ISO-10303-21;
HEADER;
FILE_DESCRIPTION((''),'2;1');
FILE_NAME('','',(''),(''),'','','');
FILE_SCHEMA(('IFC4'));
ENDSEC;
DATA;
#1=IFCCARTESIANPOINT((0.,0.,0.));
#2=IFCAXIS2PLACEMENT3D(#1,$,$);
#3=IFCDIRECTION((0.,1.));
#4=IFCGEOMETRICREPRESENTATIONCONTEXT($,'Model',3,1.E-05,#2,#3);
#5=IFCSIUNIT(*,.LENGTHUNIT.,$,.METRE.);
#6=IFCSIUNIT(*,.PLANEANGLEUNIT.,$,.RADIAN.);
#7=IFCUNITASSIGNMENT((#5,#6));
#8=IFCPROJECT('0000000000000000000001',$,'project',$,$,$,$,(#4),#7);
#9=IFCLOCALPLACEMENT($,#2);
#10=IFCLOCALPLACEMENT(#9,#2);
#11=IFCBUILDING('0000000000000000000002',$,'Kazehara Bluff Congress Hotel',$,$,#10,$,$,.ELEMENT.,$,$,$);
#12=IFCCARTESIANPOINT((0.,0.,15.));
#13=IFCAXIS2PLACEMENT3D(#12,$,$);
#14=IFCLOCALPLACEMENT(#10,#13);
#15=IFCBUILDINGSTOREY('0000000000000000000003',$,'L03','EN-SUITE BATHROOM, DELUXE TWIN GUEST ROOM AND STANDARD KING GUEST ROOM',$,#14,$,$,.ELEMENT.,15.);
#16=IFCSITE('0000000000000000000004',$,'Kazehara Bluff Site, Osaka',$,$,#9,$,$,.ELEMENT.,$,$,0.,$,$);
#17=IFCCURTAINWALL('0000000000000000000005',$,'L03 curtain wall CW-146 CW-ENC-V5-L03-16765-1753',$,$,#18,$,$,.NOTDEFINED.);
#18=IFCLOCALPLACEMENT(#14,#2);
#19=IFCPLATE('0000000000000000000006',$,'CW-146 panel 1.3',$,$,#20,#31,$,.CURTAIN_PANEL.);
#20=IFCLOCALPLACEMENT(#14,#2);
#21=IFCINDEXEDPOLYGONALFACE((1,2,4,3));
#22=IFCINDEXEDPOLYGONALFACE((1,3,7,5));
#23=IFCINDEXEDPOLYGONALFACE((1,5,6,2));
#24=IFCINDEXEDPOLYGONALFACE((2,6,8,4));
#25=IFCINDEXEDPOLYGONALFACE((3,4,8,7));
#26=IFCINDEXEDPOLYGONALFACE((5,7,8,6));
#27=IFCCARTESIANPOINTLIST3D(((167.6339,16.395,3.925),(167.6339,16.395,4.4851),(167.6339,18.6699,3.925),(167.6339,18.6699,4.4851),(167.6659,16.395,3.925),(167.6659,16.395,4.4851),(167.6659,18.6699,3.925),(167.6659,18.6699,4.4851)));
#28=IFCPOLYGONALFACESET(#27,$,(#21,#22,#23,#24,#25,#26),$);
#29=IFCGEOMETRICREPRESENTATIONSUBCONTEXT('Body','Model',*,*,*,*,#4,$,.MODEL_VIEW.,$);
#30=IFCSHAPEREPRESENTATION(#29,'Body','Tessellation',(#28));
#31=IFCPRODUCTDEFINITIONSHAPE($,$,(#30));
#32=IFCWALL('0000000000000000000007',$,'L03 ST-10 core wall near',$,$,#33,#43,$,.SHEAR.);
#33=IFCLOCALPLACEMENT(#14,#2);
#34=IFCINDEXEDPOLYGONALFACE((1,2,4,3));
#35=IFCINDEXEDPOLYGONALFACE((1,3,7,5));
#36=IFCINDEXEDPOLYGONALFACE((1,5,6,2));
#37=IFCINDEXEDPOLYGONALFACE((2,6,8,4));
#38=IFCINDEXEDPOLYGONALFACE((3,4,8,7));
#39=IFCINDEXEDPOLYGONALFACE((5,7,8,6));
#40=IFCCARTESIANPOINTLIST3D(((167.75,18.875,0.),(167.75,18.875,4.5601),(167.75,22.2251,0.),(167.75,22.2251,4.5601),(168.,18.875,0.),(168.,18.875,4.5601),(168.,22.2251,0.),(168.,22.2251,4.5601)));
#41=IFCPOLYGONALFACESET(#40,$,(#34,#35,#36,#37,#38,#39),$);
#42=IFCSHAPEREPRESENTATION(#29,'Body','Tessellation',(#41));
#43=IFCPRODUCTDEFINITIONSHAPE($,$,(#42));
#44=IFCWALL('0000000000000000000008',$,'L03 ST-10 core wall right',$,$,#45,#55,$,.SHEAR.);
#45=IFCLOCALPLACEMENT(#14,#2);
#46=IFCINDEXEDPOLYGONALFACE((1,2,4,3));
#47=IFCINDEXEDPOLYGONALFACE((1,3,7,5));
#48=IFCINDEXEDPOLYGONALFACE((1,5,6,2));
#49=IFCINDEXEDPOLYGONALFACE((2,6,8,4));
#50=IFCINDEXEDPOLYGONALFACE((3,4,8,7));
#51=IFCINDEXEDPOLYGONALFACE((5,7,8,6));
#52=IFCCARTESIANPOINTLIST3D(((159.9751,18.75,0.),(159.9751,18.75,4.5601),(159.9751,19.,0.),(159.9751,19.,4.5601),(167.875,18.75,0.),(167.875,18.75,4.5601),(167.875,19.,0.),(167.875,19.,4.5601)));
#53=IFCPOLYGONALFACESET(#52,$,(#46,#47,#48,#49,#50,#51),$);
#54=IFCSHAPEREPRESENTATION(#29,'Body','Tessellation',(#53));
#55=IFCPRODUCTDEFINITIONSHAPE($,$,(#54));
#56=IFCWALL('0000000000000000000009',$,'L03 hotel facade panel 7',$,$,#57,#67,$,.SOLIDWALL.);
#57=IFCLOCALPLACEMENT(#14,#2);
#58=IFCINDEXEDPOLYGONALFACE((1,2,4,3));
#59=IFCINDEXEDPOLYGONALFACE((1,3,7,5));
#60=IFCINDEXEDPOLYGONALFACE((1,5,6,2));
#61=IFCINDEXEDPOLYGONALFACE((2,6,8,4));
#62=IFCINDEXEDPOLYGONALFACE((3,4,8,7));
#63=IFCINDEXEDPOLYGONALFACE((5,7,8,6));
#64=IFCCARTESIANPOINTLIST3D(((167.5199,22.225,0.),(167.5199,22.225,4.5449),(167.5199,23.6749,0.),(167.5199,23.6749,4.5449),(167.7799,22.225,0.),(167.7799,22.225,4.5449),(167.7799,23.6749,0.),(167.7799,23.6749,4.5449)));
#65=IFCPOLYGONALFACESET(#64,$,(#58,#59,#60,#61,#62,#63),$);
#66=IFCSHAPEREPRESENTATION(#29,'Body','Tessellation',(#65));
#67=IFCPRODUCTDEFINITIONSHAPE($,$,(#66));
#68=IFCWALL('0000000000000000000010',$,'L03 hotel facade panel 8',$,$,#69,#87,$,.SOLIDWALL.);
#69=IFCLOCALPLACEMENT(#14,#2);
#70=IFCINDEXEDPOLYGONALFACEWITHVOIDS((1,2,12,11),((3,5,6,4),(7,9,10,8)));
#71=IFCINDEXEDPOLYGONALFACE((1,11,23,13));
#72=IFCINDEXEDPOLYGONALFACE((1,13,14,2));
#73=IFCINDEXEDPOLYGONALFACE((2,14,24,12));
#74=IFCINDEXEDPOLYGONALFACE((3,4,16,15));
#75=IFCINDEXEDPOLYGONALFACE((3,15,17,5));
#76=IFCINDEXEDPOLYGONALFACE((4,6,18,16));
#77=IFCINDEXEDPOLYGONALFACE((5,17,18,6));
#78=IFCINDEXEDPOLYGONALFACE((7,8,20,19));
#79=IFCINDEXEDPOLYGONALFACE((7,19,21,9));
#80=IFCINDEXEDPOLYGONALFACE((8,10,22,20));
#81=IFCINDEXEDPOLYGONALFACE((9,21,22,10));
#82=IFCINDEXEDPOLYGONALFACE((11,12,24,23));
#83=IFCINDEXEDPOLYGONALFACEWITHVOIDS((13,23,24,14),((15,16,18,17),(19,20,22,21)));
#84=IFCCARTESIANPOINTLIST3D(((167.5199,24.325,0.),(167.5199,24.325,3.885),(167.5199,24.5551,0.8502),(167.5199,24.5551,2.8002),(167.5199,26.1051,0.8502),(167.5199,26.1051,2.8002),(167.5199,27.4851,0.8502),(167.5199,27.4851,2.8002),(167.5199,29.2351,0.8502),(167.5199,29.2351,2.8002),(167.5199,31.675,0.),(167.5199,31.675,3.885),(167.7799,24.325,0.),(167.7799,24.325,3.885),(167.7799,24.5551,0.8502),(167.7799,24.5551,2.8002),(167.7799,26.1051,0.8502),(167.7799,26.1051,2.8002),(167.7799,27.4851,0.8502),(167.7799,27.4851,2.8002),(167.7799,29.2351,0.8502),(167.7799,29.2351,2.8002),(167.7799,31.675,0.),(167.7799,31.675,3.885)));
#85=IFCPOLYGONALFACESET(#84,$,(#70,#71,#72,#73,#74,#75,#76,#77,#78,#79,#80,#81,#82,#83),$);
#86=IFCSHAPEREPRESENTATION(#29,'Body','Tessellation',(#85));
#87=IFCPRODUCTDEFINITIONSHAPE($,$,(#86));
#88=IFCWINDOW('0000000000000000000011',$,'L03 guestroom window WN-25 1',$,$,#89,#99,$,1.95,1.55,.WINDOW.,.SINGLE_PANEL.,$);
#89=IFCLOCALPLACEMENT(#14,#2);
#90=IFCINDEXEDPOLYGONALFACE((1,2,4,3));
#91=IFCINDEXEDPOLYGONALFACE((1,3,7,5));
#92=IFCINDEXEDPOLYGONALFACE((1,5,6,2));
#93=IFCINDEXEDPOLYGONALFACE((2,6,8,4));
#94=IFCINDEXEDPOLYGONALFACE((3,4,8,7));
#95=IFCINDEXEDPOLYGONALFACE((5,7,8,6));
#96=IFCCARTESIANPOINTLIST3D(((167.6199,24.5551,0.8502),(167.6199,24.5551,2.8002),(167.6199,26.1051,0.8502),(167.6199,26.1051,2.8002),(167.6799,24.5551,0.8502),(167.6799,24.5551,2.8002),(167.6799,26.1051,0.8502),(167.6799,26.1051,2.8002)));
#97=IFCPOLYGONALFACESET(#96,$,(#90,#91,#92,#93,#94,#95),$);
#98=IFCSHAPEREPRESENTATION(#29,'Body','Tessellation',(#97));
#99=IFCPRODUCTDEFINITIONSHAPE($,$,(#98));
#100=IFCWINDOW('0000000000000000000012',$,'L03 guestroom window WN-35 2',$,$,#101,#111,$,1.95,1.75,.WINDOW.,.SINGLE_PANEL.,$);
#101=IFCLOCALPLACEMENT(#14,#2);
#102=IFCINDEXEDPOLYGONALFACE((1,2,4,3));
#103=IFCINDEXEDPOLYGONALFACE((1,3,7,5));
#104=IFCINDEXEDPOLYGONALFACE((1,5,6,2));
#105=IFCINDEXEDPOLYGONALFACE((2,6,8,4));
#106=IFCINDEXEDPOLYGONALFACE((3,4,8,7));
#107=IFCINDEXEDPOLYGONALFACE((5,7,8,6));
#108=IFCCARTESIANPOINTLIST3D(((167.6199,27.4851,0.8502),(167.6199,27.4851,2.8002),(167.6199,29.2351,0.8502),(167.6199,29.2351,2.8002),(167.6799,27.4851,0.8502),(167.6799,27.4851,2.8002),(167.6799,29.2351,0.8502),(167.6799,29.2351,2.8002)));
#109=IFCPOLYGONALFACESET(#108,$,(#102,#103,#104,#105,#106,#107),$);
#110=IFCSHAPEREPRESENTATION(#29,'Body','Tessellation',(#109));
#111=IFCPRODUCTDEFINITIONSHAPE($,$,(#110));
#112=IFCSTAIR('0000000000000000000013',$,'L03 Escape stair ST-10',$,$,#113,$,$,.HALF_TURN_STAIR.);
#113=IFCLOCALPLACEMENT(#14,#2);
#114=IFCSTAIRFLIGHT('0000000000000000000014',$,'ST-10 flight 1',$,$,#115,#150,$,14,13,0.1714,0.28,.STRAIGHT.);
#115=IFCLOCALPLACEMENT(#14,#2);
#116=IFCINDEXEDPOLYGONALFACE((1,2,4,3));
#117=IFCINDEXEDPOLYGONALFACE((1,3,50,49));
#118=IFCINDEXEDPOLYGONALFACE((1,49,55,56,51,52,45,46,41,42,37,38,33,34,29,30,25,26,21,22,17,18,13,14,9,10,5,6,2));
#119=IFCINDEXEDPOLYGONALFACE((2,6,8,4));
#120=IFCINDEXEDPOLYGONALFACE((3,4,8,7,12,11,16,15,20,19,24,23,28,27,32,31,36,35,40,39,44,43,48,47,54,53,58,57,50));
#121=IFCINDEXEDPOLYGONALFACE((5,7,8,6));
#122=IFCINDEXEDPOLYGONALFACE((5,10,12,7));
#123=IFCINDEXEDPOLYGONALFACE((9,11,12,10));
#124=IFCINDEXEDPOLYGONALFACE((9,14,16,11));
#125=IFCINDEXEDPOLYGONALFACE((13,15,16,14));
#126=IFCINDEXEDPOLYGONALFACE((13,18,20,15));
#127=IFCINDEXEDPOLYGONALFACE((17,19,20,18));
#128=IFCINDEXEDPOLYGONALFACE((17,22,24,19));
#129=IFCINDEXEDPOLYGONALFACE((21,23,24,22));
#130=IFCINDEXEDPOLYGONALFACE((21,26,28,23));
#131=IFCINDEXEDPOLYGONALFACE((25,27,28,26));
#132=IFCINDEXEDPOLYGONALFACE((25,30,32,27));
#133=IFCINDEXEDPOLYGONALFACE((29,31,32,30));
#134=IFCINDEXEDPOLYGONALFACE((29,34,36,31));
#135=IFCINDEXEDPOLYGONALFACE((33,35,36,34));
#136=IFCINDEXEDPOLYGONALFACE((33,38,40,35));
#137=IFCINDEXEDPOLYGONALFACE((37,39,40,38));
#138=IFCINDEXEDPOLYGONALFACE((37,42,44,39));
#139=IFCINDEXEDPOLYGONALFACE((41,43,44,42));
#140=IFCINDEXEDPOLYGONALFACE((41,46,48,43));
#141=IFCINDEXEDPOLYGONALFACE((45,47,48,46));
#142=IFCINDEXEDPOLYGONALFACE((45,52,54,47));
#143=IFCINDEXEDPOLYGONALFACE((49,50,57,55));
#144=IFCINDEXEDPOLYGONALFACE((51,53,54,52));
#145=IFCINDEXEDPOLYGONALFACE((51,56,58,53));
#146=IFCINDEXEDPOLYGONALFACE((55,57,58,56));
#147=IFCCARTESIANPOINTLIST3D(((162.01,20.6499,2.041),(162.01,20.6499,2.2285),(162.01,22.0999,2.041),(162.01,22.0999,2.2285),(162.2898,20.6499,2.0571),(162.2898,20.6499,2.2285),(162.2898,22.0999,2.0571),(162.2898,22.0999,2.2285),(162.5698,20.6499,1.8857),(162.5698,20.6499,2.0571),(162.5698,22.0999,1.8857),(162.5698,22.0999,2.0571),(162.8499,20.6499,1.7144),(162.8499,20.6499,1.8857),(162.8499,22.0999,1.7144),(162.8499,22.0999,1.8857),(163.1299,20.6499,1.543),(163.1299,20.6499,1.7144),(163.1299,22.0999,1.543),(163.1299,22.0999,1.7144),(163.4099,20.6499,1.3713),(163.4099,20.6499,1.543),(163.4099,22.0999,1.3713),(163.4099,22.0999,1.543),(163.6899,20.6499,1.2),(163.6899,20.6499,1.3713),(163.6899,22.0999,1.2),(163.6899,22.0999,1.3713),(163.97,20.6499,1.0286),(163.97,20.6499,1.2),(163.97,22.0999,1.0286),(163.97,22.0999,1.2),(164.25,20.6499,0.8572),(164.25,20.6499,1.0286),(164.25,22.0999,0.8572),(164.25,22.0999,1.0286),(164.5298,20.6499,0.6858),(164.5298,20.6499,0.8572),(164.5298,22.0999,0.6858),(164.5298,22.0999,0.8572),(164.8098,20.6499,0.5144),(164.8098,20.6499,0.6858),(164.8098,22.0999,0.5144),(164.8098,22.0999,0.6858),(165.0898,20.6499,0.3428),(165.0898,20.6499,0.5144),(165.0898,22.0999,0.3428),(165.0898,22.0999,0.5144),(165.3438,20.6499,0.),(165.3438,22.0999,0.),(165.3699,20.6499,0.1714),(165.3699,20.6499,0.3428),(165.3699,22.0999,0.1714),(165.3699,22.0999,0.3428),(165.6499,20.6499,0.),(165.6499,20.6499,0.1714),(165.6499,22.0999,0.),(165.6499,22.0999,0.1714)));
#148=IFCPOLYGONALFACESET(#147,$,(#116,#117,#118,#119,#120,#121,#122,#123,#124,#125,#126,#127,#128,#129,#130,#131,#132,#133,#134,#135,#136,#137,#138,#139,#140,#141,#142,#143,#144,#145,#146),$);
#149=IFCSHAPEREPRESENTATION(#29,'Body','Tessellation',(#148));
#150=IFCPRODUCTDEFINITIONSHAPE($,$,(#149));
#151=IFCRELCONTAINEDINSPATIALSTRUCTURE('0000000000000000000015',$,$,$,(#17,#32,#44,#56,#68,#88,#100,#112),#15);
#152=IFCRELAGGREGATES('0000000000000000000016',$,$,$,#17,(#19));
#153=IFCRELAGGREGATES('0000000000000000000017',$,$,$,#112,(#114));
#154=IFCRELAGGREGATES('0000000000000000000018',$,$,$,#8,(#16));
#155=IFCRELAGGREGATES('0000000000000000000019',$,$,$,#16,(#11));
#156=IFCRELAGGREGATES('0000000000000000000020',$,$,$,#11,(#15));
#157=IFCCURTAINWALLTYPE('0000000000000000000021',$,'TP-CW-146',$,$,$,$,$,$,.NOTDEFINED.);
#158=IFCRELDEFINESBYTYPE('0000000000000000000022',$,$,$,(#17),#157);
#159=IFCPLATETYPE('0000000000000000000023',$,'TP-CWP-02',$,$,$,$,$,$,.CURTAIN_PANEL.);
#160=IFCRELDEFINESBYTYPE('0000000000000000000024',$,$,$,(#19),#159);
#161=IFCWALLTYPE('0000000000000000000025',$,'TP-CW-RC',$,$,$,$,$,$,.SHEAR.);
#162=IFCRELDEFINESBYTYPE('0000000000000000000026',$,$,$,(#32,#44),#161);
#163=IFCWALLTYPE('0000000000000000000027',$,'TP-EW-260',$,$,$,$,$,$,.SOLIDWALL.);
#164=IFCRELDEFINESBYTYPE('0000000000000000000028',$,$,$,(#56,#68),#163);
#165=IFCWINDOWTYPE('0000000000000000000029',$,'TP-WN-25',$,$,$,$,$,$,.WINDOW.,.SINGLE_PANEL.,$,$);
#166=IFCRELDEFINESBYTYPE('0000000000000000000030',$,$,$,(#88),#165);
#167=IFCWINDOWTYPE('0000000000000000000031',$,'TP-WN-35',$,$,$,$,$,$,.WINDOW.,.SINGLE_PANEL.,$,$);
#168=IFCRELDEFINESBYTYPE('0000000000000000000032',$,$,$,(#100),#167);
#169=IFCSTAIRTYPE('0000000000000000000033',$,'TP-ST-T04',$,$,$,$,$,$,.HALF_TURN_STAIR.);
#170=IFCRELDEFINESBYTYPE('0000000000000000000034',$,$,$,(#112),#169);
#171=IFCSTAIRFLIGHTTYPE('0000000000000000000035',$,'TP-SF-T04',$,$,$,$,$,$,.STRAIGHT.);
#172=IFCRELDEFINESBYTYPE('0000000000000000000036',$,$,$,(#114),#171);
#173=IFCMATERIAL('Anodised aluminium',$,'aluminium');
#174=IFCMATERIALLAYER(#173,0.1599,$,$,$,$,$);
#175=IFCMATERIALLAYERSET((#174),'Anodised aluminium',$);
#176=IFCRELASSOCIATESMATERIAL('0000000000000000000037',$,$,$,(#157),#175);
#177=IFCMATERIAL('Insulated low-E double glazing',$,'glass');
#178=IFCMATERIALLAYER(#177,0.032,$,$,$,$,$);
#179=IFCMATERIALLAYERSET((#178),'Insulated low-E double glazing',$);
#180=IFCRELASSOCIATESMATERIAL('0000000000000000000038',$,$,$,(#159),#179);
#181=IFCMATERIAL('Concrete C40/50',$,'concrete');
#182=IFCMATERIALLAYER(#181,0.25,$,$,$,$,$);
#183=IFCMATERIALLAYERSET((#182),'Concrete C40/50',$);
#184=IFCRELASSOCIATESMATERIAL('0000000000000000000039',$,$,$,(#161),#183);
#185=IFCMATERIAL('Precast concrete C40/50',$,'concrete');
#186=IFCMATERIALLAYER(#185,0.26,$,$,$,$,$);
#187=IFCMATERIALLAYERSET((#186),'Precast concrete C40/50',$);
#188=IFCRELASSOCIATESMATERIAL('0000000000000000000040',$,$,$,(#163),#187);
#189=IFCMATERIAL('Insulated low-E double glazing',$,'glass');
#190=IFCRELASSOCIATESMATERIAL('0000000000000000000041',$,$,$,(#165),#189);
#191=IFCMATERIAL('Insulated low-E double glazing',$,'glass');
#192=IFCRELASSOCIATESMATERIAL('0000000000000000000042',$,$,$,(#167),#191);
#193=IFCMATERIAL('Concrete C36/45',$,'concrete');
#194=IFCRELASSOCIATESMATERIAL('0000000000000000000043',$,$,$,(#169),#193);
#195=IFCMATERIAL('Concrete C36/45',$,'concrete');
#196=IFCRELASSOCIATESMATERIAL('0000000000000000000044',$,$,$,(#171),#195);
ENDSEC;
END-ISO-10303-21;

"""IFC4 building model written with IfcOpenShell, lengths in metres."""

from ifc_helpers import new_model, si_unit, direction, frame, frame_2d, origin, origin_2d, place, context, subcontext, project, spatial, polyline, rectangle, outline, extrude, material, layer, layer_set, type_object, element, fill, aggregate, save


model = new_model("IFC4")

# Units and contexts
model_context = context("Model", 3, precision=1e-05, world=origin(), true_north=direction((0.0, 1.0)))
body_context = subcontext(model_context, "Body", "Model", "MODEL_VIEW")
ifc_project = project(units=[si_unit("LENGTHUNIT", "METRE"), si_unit("PLANEANGLEUNIT", "RADIAN")], contexts=[model_context])

# Site, building, storey
site_placement = place(None, origin())
site = spatial("IfcSite", under=ifc_project, at=site_placement, Name="Kazehara Bluff Site, Osaka", CompositionType="ELEMENT", RefElevation=0.0)
building_placement = place(site_placement, origin())
building = spatial("IfcBuilding", under=site, at=building_placement, Name="Kazehara Bluff Congress Hotel", CompositionType="ELEMENT")
storey_placement = place(building_placement, frame((0.0, 0.0, 15.0)))
storey = spatial("IfcBuildingStorey", under=building, at=storey_placement, Name="L03", Description="EN-SUITE BATHROOM, DELUXE TWIN GUEST ROOM AND STANDARD KING GUEST ROOM", CompositionType="ELEMENT", Elevation=15.0)

# Curtain wall
ifc_material_1 = material(Name="Anodised aluminium", Category="aluminium")
ifc_layer_1 = layer(ifc_material_1, 0.1599)
ifc_layer_set_1 = layer_set([ifc_layer_1], Name="Anodised aluminium")
curtain_wall_type_1 = type_object("IfcCurtainWallType", Name="TP-CW-146", PredefinedType="NOTDEFINED", material=ifc_layer_set_1)
curtain_wall_1_placement = place(storey_placement, origin())
curtain_wall_1 = element("IfcCurtainWall", 1, at=curtain_wall_1_placement, inside=storey, type_object=curtain_wall_type_1, Name="L03 curtain wall CW-146 CW-ENC-V5-L03-16765-1753", PredefinedType="NOTDEFINED")

# Plate
ifc_material_2 = material(Name="Insulated low-E double glazing", Category="glass")
ifc_layer_2 = layer(ifc_material_2, 0.032)
ifc_layer_set_2 = layer_set([ifc_layer_2], Name="Insulated low-E double glazing")
plate_type = type_object("IfcPlateType", Name="TP-CWP-02", PredefinedType="CURTAIN_PANEL", material=ifc_layer_set_2)
plate_1_placement = place(storey_placement, frame((167.6499, 17.5325, 3.925), z_axis=(0.0, 0.0, 1.0), x_axis=(0.0, -1.0, 0.0)))
plate_1 = element("IfcPlate", 2, at=plate_1_placement, type_object=plate_type, Name="CW-146 panel 1.3", PredefinedType="CURTAIN_PANEL", context=body_context, shape_type="SweptSolid", body=[
    extrude(rectangle(XDim=2.2749, YDim=0.032, at=origin_2d()), origin(), (0.0, 0.0, 1.0), 0.5601),
])
aggregate(curtain_wall_1, [plate_1])

# Walls
ifc_material_3 = material(Name="Concrete C40/50", Category="concrete")
ifc_layer_3 = layer(ifc_material_3, 0.25)
ifc_layer_set_3 = layer_set([ifc_layer_3], Name="Concrete C40/50")
wall_type_1 = type_object("IfcWallType", Name="TP-CW-RC", PredefinedType="SHEAR", material=ifc_layer_set_3)
wall_1_placement = place(storey_placement, frame((167.875, 22.2251, 0.0), z_axis=(0.0, 0.0, 1.0), x_axis=(0.0, -1.0, 0.0)))
element("IfcWall", 3, at=wall_1_placement, inside=storey, type_object=wall_type_1, Name="L03 ST-10 core wall near", PredefinedType="SHEAR", context=body_context, shape_type="SweptSolid", body=[
    extrude(rectangle(XDim=3.3501, YDim=0.25, at=frame_2d((1.675, 0.0))), origin(), (0.0, 0.0, 1.0), 4.5601),
])
wall_2_placement = place(storey_placement, frame((167.875, 18.875, 0.0), z_axis=(0.0, 0.0, 1.0), x_axis=(-1.0, 0.0, 0.0)))
element("IfcWall", 4, at=wall_2_placement, inside=storey, type_object=wall_type_1, Name="L03 ST-10 core wall right", PredefinedType="SHEAR", context=body_context, shape_type="SweptSolid", body=[
    extrude(rectangle(XDim=7.8999, YDim=0.25, at=frame_2d((3.95, 0.0))), origin(), (0.0, 0.0, 1.0), 4.5601),
])
ifc_material_4 = material(Name="Precast concrete C40/50", Category="concrete")
ifc_layer_4 = layer(ifc_material_4, 0.26)
ifc_layer_set_4 = layer_set([ifc_layer_4], Name="Precast concrete C40/50")
wall_type_2 = type_object("IfcWallType", Name="TP-EW-260", PredefinedType="SOLIDWALL", material=ifc_layer_set_4)
wall_3_placement = place(storey_placement, frame((167.6499, 23.675, 0.0), z_axis=(0.0, 0.0, 1.0), x_axis=(0.0, -1.0, 0.0)))
element("IfcWall", 5, at=wall_3_placement, inside=storey, type_object=wall_type_2, Name="L03 hotel facade panel 7", PredefinedType="SOLIDWALL", context=body_context, shape_type="SweptSolid", body=[
    extrude(rectangle(XDim=1.45, YDim=0.26, at=frame_2d((0.7251, 0.0))), origin(), (0.0, 0.0, 1.0), 4.5449),
])

# Wall, openings, windows
wall_4_placement = place(storey_placement, frame((167.6499, 31.675, 0.0), z_axis=(0.0, 0.0, 1.0), x_axis=(0.0, -1.0, 0.0)))
wall_4 = element("IfcWall", 6, at=wall_4_placement, inside=storey, type_object=wall_type_2, Name="L03 hotel facade panel 8", PredefinedType="SOLIDWALL", context=body_context, shape_type="SweptSolid", body=[
    extrude(rectangle(XDim=7.3501, YDim=0.26, at=frame_2d((3.675, 0.0))), origin(), (0.0, 0.0, 1.0), 3.885),
])
opening_1_placement = place(wall_4_placement, frame((5.5701, 0.0, 0.8501)))
opening_1 = element("IfcOpeningElement", 7, at=opening_1_placement, cuts=wall_4, PredefinedType="OPENING", context=body_context, shape_type="SweptSolid", body=[
    extrude(rectangle(XDim=1.55, YDim=1.95, at=frame_2d((0.7749, 0.9751))), frame((0.0, 0.1399, 0.0), z_axis=(0.0, -1.0, 0.0), x_axis=(1.0, 0.0, 0.0)), (0.0, 0.0, 1.0), 0.28),
])
opening_2_placement = place(wall_4_placement, frame((2.4399, 0.0, 0.8501)))
opening_2 = element("IfcOpeningElement", 8, at=opening_2_placement, cuts=wall_4, PredefinedType="OPENING", context=body_context, shape_type="SweptSolid", body=[
    extrude(rectangle(XDim=1.75, YDim=1.95, at=frame_2d((0.875, 0.9751))), frame((0.0, 0.1399, 0.0), z_axis=(0.0, -1.0, 0.0), x_axis=(1.0, 0.0, 0.0)), (0.0, 0.0, 1.0), 0.28),
])
ifc_material_5 = material(Name="Insulated low-E double glazing", Category="glass")
window_type_1 = type_object("IfcWindowType", Name="TP-WN-25", PartitioningType="SINGLE_PANEL", PredefinedType="WINDOW", material=ifc_material_5)
window_1_placement = place(opening_1_placement, origin())
window_1 = element("IfcWindow", 9, at=window_1_placement, inside=storey, type_object=window_type_1, Name="L03 guestroom window WN-25 1", OverallHeight=1.95, OverallWidth=1.55, PartitioningType="SINGLE_PANEL", PredefinedType="WINDOW", context=body_context, shape_type="SweptSolid", body=[
    extrude(rectangle(XDim=1.55, YDim=1.95, at=frame_2d((0.7749, 0.9751))), frame((0.0, 0.03, 0.0), z_axis=(0.0, -1.0, 0.0), x_axis=(1.0, 0.0, 0.0)), (0.0, 0.0, 1.0), 0.0601),
])
fill(opening_1, window_1)
ifc_material_6 = material(Name="Insulated low-E double glazing", Category="glass")
window_type_2 = type_object("IfcWindowType", Name="TP-WN-35", PartitioningType="SINGLE_PANEL", PredefinedType="WINDOW", material=ifc_material_6)
window_2_placement = place(opening_2_placement, origin())
window_2 = element("IfcWindow", 10, at=window_2_placement, inside=storey, type_object=window_type_2, Name="L03 guestroom window WN-35 2", OverallHeight=1.95, OverallWidth=1.75, PartitioningType="SINGLE_PANEL", PredefinedType="WINDOW", context=body_context, shape_type="SweptSolid", body=[
    extrude(rectangle(XDim=1.75, YDim=1.95, at=frame_2d((0.875, 0.9751))), frame((0.0, 0.03, 0.0), z_axis=(0.0, -1.0, 0.0), x_axis=(1.0, 0.0, 0.0)), (0.0, 0.0, 1.0), 0.0601),
])
fill(opening_2, window_2)

# Stair, stair flight
ifc_material_7 = material(Name="Concrete C36/45", Category="concrete")
stair_type = type_object("IfcStairType", Name="TP-ST-T04", PredefinedType="HALF_TURN_STAIR", material=ifc_material_7)
stair_placement = place(storey_placement, origin())
stair = element("IfcStair", 11, at=stair_placement, inside=storey, type_object=stair_type, Name="L03 Escape stair ST-10", PredefinedType="HALF_TURN_STAIR")
ifc_material_8 = material(Name="Concrete C36/45", Category="concrete")
stair_flight_type = type_object("IfcStairFlightType", Name="TP-SF-T04", PredefinedType="STRAIGHT", material=ifc_material_8)
stair_flight_1_placement = place(storey_placement, frame((165.6499, 21.375, 0.0), z_axis=(0.0, 0.0, 1.0), x_axis=(-1.0, 0.0, 0.0)))
stair_flight_1 = element("IfcStairFlight", 12, at=stair_flight_1_placement, type_object=stair_flight_type, Name="ST-10 flight 1", NumberOfRisers=14, NumberOfTreads=13, PredefinedType="STRAIGHT", RiserHeight=0.1714, TreadLength=0.28, context=body_context, shape_type="SweptSolid", body=[
    extrude(outline(polyline([(0.0, 0.0), (0.0, 0.1714), (0.28, 0.1714), (0.28, 0.3428), (0.5601, 0.3428), (0.5601, 0.5144), (0.8401, 0.5144), (0.8401, 0.6858), (1.1201, 0.6858), (1.1201, 0.8572), (1.3999, 0.8572), (1.3999, 1.0286), (1.6799, 1.0286), (1.6799, 1.2), (1.96, 1.2), (1.96, 1.3713), (2.24, 1.3713), (2.24, 1.543), (2.52, 1.543), (2.52, 1.7144), (2.8, 1.7144), (2.8, 1.8857), (3.0801, 1.8857), (3.0801, 2.0571), (3.3601, 2.0571), (3.3601, 2.2285), (3.6399, 2.2285), (3.6399, 2.3999), (3.6399, 2.041), (0.3062, 0.0), (0.0, 0.0)])), frame((0.0, 0.7251, 0.0), z_axis=(0.0, -1.0, 0.0), x_axis=(1.0, 0.0, 0.0)), (0.0, 0.0, 1.0), 1.45),
])
aggregate(stair, [stair_flight_1])

save(model, "model.ifc")
